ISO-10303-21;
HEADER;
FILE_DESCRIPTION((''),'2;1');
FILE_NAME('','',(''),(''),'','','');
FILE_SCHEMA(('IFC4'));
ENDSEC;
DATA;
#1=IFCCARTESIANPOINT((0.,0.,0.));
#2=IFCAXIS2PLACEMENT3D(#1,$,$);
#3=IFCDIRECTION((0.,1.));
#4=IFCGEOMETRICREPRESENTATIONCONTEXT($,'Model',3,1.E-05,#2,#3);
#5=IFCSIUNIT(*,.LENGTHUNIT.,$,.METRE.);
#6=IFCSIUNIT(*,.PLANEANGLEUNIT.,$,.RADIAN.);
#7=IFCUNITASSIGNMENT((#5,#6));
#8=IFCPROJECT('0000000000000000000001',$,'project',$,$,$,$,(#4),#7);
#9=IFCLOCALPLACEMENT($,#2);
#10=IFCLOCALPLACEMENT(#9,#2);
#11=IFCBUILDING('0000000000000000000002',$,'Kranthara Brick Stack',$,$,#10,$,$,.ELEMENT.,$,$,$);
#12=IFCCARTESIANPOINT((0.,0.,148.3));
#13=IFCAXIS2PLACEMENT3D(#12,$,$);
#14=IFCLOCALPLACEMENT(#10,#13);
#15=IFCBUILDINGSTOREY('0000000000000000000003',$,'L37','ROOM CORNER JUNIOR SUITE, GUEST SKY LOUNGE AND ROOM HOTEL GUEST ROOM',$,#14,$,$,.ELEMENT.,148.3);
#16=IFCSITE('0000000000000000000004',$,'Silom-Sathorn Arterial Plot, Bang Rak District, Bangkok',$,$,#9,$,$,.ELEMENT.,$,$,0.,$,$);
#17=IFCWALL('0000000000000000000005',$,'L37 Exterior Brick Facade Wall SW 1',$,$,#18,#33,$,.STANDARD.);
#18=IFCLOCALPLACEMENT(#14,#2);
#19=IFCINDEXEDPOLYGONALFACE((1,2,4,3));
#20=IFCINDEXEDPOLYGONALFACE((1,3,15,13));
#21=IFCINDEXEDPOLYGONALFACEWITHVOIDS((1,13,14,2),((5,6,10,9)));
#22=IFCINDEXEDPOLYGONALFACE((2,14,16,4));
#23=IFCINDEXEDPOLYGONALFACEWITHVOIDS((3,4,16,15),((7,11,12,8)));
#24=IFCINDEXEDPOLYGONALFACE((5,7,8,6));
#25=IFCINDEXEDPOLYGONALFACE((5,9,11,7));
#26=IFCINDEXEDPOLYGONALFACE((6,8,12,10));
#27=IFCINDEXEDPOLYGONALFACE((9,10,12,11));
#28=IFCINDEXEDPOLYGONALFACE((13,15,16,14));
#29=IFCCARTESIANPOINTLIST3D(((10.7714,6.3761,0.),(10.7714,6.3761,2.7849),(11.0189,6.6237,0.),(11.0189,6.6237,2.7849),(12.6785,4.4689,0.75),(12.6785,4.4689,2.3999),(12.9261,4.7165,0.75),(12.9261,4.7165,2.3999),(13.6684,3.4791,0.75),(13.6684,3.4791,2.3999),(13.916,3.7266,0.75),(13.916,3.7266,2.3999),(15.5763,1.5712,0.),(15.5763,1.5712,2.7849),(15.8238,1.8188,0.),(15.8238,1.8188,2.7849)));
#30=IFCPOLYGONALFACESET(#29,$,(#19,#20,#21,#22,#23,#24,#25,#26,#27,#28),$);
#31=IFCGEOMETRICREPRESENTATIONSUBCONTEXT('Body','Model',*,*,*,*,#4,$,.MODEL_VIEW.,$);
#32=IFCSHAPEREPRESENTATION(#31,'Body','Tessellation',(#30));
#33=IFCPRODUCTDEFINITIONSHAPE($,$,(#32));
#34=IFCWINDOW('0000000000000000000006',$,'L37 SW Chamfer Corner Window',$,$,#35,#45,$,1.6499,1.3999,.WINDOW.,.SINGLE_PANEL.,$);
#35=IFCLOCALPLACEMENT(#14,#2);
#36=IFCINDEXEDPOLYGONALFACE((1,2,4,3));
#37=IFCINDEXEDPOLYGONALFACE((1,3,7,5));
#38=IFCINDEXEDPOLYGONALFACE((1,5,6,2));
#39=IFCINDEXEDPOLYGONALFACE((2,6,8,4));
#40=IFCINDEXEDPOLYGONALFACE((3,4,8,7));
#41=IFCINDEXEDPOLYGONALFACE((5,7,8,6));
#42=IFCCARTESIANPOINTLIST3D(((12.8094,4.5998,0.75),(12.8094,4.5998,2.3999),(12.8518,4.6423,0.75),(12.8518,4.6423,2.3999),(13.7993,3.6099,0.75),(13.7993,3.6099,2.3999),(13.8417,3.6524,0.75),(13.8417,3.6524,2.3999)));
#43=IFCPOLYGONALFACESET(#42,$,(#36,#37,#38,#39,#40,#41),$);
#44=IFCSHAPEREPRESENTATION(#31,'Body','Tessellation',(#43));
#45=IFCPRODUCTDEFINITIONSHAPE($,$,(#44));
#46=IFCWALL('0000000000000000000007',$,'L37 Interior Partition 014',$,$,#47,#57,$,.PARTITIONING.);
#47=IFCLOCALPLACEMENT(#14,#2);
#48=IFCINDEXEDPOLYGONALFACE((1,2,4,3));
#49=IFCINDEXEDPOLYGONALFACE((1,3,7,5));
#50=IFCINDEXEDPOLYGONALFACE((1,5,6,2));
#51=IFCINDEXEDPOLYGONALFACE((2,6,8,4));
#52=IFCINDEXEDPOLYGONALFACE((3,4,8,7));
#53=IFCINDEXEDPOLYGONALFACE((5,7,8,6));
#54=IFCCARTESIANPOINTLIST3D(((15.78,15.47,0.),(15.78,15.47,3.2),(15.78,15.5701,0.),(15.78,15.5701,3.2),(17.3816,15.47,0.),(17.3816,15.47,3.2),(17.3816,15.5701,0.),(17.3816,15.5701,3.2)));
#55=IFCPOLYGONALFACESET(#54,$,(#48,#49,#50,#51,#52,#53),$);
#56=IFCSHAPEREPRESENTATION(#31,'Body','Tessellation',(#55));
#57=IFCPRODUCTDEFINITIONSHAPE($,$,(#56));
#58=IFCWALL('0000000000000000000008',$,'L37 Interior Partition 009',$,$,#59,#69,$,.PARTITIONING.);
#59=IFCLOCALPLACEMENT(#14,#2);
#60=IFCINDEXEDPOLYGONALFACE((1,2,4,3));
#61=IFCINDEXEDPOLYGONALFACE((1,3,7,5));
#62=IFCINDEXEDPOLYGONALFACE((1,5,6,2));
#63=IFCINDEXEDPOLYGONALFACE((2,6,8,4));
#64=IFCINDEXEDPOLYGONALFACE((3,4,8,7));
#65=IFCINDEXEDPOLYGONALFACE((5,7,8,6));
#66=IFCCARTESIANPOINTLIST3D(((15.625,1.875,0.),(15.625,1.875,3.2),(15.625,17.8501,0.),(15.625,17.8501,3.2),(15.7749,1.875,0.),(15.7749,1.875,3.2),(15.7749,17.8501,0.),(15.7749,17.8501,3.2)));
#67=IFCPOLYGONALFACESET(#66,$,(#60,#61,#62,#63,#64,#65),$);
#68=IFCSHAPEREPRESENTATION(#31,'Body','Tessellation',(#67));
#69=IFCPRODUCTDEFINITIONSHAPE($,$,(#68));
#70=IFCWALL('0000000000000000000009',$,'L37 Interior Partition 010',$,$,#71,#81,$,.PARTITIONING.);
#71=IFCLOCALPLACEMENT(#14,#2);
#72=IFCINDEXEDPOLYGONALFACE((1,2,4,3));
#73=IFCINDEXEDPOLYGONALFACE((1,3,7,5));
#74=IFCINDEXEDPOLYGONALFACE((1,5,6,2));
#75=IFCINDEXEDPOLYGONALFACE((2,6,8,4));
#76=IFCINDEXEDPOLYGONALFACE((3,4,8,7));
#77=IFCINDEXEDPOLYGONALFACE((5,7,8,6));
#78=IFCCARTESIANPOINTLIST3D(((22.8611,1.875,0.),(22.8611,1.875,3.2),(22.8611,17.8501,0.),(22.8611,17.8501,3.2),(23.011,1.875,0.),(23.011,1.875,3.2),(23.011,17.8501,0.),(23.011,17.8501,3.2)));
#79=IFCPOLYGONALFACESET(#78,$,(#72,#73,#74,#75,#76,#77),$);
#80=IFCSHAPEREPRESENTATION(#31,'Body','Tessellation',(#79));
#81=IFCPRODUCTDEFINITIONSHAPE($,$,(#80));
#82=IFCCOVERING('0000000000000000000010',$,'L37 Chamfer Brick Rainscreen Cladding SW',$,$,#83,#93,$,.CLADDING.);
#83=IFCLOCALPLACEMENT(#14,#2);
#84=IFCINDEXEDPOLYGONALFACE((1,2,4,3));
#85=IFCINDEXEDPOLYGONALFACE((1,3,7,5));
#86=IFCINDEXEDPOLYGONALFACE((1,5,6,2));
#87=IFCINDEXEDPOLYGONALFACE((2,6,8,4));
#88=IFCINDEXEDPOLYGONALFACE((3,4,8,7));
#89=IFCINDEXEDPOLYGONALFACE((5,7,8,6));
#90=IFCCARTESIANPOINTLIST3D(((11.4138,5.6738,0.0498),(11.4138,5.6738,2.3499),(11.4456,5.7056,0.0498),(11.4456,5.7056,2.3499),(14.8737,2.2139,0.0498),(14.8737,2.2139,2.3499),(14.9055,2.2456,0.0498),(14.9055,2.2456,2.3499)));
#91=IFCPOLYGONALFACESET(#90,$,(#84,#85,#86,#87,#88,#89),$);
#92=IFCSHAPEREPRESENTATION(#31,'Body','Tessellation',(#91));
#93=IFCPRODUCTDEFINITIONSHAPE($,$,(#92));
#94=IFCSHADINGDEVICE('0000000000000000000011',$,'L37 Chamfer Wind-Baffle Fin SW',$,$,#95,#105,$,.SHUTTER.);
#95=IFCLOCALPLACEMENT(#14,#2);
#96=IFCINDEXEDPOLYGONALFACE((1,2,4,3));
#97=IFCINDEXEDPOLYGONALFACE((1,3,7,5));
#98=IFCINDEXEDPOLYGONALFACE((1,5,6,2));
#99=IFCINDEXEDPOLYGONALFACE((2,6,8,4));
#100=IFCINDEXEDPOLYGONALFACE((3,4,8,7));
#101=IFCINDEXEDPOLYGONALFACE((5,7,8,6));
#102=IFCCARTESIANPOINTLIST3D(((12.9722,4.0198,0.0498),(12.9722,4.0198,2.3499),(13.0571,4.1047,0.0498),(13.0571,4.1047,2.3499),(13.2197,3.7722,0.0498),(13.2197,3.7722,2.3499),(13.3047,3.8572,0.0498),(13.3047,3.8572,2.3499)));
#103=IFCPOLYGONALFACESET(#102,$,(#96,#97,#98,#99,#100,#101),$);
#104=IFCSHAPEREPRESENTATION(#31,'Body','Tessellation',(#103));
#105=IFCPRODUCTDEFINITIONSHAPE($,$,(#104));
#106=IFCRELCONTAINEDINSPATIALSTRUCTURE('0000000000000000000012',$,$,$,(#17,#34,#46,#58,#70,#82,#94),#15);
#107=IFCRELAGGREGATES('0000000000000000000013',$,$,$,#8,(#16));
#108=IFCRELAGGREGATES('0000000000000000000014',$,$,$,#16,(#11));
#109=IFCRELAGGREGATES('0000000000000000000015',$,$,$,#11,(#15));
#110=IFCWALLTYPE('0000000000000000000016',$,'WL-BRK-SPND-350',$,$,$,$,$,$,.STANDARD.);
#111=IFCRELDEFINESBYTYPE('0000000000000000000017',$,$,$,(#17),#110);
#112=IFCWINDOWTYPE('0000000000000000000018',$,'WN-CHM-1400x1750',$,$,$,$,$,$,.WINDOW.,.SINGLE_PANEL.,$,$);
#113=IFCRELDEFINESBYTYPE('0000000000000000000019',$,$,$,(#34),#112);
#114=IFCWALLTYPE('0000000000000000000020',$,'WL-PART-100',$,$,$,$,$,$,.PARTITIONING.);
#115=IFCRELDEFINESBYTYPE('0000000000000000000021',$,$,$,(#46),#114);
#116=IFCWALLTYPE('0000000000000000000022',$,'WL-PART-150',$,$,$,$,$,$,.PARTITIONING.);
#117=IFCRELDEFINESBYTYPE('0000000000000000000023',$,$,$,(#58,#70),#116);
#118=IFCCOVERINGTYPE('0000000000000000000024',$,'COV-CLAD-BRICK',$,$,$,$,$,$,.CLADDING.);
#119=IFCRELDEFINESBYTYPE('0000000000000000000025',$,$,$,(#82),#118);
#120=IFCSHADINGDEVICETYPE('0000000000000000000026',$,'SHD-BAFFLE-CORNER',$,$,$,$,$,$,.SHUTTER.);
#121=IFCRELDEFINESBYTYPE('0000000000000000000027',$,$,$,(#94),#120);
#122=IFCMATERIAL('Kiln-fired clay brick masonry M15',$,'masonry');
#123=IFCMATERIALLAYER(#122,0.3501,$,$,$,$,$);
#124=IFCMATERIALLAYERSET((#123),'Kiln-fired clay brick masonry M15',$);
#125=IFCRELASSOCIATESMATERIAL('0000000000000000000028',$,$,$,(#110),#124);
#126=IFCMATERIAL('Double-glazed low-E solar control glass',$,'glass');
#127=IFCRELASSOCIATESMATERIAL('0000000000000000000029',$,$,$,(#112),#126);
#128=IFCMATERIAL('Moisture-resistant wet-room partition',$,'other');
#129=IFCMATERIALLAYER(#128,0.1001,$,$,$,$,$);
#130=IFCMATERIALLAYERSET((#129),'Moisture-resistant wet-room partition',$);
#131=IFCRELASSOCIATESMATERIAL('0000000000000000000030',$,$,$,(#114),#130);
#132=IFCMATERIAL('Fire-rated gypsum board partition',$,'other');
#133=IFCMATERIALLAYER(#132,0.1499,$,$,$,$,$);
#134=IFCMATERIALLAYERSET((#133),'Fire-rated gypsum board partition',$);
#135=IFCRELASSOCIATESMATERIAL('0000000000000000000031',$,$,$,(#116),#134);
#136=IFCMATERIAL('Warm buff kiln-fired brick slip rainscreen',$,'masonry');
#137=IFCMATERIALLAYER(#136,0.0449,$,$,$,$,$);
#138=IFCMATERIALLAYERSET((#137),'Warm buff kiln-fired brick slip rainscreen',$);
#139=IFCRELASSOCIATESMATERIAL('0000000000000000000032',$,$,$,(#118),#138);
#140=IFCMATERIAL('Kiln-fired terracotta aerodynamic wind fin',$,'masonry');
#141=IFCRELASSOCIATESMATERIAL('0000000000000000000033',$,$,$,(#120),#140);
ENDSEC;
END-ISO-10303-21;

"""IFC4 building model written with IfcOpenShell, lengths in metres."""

from ifc_helpers import new_model, si_unit, direction, frame, frame_2d, origin, origin_2d, place, context, subcontext, project, spatial, rectangle, extrude, material, layer, layer_set, type_object, element, fill, save


model = new_model("IFC4")

# Units and contexts
model_context = context("Model", 3, precision=1e-05, world=origin(), true_north=direction((0.0, 1.0)))
body_context = subcontext(model_context, "Body", "Model", "MODEL_VIEW")
ifc_project = project(units=[si_unit("LENGTHUNIT", "METRE"), si_unit("PLANEANGLEUNIT", "RADIAN")], contexts=[model_context])

# Site, building, storey
site_placement = place(None, origin())
site = spatial("IfcSite", under=ifc_project, at=site_placement, Name="Silom-Sathorn Arterial Plot, Bang Rak District, Bangkok", CompositionType="ELEMENT", RefElevation=0.0)
building_placement = place(site_placement, origin())
building = spatial("IfcBuilding", under=site, at=building_placement, Name="Kranthara Brick Stack", CompositionType="ELEMENT")
storey_placement = place(building_placement, frame((0.0, 0.0, 148.3)))
storey = spatial("IfcBuildingStorey", under=building, at=storey_placement, Name="L37", Description="ROOM CORNER JUNIOR SUITE, GUEST SKY LOUNGE AND ROOM HOTEL GUEST ROOM", CompositionType="ELEMENT", Elevation=148.3)

# Wall, opening, window
ifc_material_1 = material(Name="Kiln-fired clay brick masonry M15", Category="masonry")
ifc_layer_1 = layer(ifc_material_1, 0.3501)
ifc_layer_set_1 = layer_set([ifc_layer_1], Name="Kiln-fired clay brick masonry M15")
wall_type_1 = type_object("IfcWallType", Name="WL-BRK-SPND-350", PredefinedType="STANDARD", material=ifc_layer_set_1)
wall_1_placement = place(storey_placement, frame((15.7, 1.6951, 0.0), z_axis=(0.0, 0.0, 1.0), x_axis=(-0.707107, 0.707107, 0.0)))
wall_1 = element("IfcWall", 1, at=wall_1_placement, inside=storey, type_object=wall_type_1, Name="L37 Exterior Brick Facade Wall SW 1", PredefinedType="STANDARD", context=body_context, shape_type="SweptSolid", body=[
    extrude(rectangle(XDim=6.7952, YDim=0.3501, at=frame_2d((3.3975, 0.0))), origin(), (0.0, 0.0, 1.0), 2.7849),
])
opening_placement = place(wall_1_placement, frame((2.698, 0.0, 0.75)))
opening = element("IfcOpeningElement", 2, at=opening_placement, cuts=wall_1, PredefinedType="OPENING", context=body_context, shape_type="SweptSolid", body=[
    extrude(rectangle(XDim=1.3999, YDim=1.6499, at=frame_2d((0.7, 0.825))), frame((0.0, 0.1851, 0.0), z_axis=(0.0, -1.0, 0.0), x_axis=(1.0, 0.0, 0.0)), (0.0, 0.0, 1.0), 0.3701),
])
ifc_material_2 = material(Name="Double-glazed low-E solar control glass", Category="glass")
window_type = type_object("IfcWindowType", Name="WN-CHM-1400x1750", PartitioningType="SINGLE_PANEL", PredefinedType="WINDOW", material=ifc_material_2)
window_placement = place(opening_placement, origin())
window = element("IfcWindow", 3, at=window_placement, inside=storey, type_object=window_type, Name="L37 SW Chamfer Corner Window", OverallHeight=1.6499, OverallWidth=1.3999, PartitioningType="SINGLE_PANEL", PredefinedType="WINDOW", context=body_context, shape_type="SweptSolid", body=[
    extrude(rectangle(XDim=1.3999, YDim=1.6499, at=frame_2d((0.7, 0.825))), frame((0.0, -0.01, 0.0), z_axis=(0.0, -1.0, 0.0), x_axis=(1.0, 0.0, 0.0)), (0.0, 0.0, 1.0), 0.0601),
])
fill(opening, window)

# Walls
ifc_material_3 = material(Name="Moisture-resistant wet-room partition", Category="other")
ifc_layer_2 = layer(ifc_material_3, 0.1001)
ifc_layer_set_2 = layer_set([ifc_layer_2], Name="Moisture-resistant wet-room partition")
wall_type_2 = type_object("IfcWallType", Name="WL-PART-100", PredefinedType="PARTITIONING", material=ifc_layer_set_2)
wall_2_placement = place(storey_placement, frame((15.78, 15.52, 0.0), z_axis=(0.0, 0.0, 1.0), x_axis=(1.0, 0.0, 0.0)))
element("IfcWall", 4, at=wall_2_placement, inside=storey, type_object=wall_type_2, Name="L37 Interior Partition 014", PredefinedType="PARTITIONING", context=body_context, shape_type="SweptSolid", body=[
    extrude(rectangle(XDim=1.6016, YDim=0.1001, at=frame_2d((0.8008, 0.0))), origin(), (0.0, 0.0, 1.0), 3.2),
])
ifc_material_4 = material(Name="Fire-rated gypsum board partition", Category="other")
ifc_layer_3 = layer(ifc_material_4, 0.1499)
ifc_layer_set_3 = layer_set([ifc_layer_3], Name="Fire-rated gypsum board partition")
wall_type_3 = type_object("IfcWallType", Name="WL-PART-150", PredefinedType="PARTITIONING", material=ifc_layer_set_3)
for number, where, z_axis, x_axis, name in (
    (5, (15.7, 1.875, 0.0), (0.0, 0.0, 1.0), (0.0, 1.0, 0.0), "L37 Interior Partition 009"),
    (6, (22.936, 1.875, 0.0), (0.0, 0.0, 1.0), (0.0, 1.0, 0.0), "L37 Interior Partition 010"),
):
    element("IfcWall", number, at=place(storey_placement, frame(where, z_axis=z_axis, x_axis=x_axis)), inside=storey, type_object=wall_type_3, Name=name, PredefinedType="PARTITIONING", context=body_context, shape_type="SweptSolid", body=[
        extrude(rectangle(XDim=15.9751, YDim=0.1499, at=frame_2d((7.9875, 0.0))), origin(), (0.0, 0.0, 1.0), 3.2),
    ])

# Covering
ifc_material_5 = material(Name="Warm buff kiln-fired brick slip rainscreen", Category="masonry")
ifc_layer_4 = layer(ifc_material_5, 0.0449)
ifc_layer_set_4 = layer_set([ifc_layer_4], Name="Warm buff kiln-fired brick slip rainscreen")
covering_type = type_object("IfcCoveringType", Name="COV-CLAD-BRICK", PredefinedType="CLADDING", material=ifc_layer_set_4)
covering_placement = place(storey_placement, frame((13.1597, 3.9597, 0.0498), z_axis=(0.0, 0.0, 1.0), x_axis=(-0.707107, 0.707107, 0.0)))
element("IfcCovering", 7, at=covering_placement, inside=storey, type_object=covering_type, Name="L37 Chamfer Brick Rainscreen Cladding SW", PredefinedType="CLADDING", context=body_context, shape_type="SweptSolid", body=[
    extrude(rectangle(XDim=4.8931, YDim=0.0449, at=origin_2d()), origin(), (0.0, 0.0, 1.0), 2.3),
])

# Shading device
ifc_material_6 = material(Name="Kiln-fired terracotta aerodynamic wind fin", Category="masonry")
shading_device_type = type_object("IfcShadingDeviceType", Name="SHD-BAFFLE-CORNER", PredefinedType="SHUTTER", material=ifc_material_6)
shading_device_placement = place(storey_placement, frame((13.1384, 3.9385, 0.0498), z_axis=(0.0, 0.0, 1.0), x_axis=(-0.707107, 0.707107, 0.0)))
element("IfcShadingDevice", 8, at=shading_device_placement, inside=storey, type_object=shading_device_type, Name="L37 Chamfer Wind-Baffle Fin SW", PredefinedType="SHUTTER", context=body_context, shape_type="SweptSolid", body=[
    extrude(rectangle(XDim=0.3501, YDim=0.1201, at=origin_2d()), origin(), (0.0, 0.0, 1.0), 2.3),
])

save(model, "model.ifc")
